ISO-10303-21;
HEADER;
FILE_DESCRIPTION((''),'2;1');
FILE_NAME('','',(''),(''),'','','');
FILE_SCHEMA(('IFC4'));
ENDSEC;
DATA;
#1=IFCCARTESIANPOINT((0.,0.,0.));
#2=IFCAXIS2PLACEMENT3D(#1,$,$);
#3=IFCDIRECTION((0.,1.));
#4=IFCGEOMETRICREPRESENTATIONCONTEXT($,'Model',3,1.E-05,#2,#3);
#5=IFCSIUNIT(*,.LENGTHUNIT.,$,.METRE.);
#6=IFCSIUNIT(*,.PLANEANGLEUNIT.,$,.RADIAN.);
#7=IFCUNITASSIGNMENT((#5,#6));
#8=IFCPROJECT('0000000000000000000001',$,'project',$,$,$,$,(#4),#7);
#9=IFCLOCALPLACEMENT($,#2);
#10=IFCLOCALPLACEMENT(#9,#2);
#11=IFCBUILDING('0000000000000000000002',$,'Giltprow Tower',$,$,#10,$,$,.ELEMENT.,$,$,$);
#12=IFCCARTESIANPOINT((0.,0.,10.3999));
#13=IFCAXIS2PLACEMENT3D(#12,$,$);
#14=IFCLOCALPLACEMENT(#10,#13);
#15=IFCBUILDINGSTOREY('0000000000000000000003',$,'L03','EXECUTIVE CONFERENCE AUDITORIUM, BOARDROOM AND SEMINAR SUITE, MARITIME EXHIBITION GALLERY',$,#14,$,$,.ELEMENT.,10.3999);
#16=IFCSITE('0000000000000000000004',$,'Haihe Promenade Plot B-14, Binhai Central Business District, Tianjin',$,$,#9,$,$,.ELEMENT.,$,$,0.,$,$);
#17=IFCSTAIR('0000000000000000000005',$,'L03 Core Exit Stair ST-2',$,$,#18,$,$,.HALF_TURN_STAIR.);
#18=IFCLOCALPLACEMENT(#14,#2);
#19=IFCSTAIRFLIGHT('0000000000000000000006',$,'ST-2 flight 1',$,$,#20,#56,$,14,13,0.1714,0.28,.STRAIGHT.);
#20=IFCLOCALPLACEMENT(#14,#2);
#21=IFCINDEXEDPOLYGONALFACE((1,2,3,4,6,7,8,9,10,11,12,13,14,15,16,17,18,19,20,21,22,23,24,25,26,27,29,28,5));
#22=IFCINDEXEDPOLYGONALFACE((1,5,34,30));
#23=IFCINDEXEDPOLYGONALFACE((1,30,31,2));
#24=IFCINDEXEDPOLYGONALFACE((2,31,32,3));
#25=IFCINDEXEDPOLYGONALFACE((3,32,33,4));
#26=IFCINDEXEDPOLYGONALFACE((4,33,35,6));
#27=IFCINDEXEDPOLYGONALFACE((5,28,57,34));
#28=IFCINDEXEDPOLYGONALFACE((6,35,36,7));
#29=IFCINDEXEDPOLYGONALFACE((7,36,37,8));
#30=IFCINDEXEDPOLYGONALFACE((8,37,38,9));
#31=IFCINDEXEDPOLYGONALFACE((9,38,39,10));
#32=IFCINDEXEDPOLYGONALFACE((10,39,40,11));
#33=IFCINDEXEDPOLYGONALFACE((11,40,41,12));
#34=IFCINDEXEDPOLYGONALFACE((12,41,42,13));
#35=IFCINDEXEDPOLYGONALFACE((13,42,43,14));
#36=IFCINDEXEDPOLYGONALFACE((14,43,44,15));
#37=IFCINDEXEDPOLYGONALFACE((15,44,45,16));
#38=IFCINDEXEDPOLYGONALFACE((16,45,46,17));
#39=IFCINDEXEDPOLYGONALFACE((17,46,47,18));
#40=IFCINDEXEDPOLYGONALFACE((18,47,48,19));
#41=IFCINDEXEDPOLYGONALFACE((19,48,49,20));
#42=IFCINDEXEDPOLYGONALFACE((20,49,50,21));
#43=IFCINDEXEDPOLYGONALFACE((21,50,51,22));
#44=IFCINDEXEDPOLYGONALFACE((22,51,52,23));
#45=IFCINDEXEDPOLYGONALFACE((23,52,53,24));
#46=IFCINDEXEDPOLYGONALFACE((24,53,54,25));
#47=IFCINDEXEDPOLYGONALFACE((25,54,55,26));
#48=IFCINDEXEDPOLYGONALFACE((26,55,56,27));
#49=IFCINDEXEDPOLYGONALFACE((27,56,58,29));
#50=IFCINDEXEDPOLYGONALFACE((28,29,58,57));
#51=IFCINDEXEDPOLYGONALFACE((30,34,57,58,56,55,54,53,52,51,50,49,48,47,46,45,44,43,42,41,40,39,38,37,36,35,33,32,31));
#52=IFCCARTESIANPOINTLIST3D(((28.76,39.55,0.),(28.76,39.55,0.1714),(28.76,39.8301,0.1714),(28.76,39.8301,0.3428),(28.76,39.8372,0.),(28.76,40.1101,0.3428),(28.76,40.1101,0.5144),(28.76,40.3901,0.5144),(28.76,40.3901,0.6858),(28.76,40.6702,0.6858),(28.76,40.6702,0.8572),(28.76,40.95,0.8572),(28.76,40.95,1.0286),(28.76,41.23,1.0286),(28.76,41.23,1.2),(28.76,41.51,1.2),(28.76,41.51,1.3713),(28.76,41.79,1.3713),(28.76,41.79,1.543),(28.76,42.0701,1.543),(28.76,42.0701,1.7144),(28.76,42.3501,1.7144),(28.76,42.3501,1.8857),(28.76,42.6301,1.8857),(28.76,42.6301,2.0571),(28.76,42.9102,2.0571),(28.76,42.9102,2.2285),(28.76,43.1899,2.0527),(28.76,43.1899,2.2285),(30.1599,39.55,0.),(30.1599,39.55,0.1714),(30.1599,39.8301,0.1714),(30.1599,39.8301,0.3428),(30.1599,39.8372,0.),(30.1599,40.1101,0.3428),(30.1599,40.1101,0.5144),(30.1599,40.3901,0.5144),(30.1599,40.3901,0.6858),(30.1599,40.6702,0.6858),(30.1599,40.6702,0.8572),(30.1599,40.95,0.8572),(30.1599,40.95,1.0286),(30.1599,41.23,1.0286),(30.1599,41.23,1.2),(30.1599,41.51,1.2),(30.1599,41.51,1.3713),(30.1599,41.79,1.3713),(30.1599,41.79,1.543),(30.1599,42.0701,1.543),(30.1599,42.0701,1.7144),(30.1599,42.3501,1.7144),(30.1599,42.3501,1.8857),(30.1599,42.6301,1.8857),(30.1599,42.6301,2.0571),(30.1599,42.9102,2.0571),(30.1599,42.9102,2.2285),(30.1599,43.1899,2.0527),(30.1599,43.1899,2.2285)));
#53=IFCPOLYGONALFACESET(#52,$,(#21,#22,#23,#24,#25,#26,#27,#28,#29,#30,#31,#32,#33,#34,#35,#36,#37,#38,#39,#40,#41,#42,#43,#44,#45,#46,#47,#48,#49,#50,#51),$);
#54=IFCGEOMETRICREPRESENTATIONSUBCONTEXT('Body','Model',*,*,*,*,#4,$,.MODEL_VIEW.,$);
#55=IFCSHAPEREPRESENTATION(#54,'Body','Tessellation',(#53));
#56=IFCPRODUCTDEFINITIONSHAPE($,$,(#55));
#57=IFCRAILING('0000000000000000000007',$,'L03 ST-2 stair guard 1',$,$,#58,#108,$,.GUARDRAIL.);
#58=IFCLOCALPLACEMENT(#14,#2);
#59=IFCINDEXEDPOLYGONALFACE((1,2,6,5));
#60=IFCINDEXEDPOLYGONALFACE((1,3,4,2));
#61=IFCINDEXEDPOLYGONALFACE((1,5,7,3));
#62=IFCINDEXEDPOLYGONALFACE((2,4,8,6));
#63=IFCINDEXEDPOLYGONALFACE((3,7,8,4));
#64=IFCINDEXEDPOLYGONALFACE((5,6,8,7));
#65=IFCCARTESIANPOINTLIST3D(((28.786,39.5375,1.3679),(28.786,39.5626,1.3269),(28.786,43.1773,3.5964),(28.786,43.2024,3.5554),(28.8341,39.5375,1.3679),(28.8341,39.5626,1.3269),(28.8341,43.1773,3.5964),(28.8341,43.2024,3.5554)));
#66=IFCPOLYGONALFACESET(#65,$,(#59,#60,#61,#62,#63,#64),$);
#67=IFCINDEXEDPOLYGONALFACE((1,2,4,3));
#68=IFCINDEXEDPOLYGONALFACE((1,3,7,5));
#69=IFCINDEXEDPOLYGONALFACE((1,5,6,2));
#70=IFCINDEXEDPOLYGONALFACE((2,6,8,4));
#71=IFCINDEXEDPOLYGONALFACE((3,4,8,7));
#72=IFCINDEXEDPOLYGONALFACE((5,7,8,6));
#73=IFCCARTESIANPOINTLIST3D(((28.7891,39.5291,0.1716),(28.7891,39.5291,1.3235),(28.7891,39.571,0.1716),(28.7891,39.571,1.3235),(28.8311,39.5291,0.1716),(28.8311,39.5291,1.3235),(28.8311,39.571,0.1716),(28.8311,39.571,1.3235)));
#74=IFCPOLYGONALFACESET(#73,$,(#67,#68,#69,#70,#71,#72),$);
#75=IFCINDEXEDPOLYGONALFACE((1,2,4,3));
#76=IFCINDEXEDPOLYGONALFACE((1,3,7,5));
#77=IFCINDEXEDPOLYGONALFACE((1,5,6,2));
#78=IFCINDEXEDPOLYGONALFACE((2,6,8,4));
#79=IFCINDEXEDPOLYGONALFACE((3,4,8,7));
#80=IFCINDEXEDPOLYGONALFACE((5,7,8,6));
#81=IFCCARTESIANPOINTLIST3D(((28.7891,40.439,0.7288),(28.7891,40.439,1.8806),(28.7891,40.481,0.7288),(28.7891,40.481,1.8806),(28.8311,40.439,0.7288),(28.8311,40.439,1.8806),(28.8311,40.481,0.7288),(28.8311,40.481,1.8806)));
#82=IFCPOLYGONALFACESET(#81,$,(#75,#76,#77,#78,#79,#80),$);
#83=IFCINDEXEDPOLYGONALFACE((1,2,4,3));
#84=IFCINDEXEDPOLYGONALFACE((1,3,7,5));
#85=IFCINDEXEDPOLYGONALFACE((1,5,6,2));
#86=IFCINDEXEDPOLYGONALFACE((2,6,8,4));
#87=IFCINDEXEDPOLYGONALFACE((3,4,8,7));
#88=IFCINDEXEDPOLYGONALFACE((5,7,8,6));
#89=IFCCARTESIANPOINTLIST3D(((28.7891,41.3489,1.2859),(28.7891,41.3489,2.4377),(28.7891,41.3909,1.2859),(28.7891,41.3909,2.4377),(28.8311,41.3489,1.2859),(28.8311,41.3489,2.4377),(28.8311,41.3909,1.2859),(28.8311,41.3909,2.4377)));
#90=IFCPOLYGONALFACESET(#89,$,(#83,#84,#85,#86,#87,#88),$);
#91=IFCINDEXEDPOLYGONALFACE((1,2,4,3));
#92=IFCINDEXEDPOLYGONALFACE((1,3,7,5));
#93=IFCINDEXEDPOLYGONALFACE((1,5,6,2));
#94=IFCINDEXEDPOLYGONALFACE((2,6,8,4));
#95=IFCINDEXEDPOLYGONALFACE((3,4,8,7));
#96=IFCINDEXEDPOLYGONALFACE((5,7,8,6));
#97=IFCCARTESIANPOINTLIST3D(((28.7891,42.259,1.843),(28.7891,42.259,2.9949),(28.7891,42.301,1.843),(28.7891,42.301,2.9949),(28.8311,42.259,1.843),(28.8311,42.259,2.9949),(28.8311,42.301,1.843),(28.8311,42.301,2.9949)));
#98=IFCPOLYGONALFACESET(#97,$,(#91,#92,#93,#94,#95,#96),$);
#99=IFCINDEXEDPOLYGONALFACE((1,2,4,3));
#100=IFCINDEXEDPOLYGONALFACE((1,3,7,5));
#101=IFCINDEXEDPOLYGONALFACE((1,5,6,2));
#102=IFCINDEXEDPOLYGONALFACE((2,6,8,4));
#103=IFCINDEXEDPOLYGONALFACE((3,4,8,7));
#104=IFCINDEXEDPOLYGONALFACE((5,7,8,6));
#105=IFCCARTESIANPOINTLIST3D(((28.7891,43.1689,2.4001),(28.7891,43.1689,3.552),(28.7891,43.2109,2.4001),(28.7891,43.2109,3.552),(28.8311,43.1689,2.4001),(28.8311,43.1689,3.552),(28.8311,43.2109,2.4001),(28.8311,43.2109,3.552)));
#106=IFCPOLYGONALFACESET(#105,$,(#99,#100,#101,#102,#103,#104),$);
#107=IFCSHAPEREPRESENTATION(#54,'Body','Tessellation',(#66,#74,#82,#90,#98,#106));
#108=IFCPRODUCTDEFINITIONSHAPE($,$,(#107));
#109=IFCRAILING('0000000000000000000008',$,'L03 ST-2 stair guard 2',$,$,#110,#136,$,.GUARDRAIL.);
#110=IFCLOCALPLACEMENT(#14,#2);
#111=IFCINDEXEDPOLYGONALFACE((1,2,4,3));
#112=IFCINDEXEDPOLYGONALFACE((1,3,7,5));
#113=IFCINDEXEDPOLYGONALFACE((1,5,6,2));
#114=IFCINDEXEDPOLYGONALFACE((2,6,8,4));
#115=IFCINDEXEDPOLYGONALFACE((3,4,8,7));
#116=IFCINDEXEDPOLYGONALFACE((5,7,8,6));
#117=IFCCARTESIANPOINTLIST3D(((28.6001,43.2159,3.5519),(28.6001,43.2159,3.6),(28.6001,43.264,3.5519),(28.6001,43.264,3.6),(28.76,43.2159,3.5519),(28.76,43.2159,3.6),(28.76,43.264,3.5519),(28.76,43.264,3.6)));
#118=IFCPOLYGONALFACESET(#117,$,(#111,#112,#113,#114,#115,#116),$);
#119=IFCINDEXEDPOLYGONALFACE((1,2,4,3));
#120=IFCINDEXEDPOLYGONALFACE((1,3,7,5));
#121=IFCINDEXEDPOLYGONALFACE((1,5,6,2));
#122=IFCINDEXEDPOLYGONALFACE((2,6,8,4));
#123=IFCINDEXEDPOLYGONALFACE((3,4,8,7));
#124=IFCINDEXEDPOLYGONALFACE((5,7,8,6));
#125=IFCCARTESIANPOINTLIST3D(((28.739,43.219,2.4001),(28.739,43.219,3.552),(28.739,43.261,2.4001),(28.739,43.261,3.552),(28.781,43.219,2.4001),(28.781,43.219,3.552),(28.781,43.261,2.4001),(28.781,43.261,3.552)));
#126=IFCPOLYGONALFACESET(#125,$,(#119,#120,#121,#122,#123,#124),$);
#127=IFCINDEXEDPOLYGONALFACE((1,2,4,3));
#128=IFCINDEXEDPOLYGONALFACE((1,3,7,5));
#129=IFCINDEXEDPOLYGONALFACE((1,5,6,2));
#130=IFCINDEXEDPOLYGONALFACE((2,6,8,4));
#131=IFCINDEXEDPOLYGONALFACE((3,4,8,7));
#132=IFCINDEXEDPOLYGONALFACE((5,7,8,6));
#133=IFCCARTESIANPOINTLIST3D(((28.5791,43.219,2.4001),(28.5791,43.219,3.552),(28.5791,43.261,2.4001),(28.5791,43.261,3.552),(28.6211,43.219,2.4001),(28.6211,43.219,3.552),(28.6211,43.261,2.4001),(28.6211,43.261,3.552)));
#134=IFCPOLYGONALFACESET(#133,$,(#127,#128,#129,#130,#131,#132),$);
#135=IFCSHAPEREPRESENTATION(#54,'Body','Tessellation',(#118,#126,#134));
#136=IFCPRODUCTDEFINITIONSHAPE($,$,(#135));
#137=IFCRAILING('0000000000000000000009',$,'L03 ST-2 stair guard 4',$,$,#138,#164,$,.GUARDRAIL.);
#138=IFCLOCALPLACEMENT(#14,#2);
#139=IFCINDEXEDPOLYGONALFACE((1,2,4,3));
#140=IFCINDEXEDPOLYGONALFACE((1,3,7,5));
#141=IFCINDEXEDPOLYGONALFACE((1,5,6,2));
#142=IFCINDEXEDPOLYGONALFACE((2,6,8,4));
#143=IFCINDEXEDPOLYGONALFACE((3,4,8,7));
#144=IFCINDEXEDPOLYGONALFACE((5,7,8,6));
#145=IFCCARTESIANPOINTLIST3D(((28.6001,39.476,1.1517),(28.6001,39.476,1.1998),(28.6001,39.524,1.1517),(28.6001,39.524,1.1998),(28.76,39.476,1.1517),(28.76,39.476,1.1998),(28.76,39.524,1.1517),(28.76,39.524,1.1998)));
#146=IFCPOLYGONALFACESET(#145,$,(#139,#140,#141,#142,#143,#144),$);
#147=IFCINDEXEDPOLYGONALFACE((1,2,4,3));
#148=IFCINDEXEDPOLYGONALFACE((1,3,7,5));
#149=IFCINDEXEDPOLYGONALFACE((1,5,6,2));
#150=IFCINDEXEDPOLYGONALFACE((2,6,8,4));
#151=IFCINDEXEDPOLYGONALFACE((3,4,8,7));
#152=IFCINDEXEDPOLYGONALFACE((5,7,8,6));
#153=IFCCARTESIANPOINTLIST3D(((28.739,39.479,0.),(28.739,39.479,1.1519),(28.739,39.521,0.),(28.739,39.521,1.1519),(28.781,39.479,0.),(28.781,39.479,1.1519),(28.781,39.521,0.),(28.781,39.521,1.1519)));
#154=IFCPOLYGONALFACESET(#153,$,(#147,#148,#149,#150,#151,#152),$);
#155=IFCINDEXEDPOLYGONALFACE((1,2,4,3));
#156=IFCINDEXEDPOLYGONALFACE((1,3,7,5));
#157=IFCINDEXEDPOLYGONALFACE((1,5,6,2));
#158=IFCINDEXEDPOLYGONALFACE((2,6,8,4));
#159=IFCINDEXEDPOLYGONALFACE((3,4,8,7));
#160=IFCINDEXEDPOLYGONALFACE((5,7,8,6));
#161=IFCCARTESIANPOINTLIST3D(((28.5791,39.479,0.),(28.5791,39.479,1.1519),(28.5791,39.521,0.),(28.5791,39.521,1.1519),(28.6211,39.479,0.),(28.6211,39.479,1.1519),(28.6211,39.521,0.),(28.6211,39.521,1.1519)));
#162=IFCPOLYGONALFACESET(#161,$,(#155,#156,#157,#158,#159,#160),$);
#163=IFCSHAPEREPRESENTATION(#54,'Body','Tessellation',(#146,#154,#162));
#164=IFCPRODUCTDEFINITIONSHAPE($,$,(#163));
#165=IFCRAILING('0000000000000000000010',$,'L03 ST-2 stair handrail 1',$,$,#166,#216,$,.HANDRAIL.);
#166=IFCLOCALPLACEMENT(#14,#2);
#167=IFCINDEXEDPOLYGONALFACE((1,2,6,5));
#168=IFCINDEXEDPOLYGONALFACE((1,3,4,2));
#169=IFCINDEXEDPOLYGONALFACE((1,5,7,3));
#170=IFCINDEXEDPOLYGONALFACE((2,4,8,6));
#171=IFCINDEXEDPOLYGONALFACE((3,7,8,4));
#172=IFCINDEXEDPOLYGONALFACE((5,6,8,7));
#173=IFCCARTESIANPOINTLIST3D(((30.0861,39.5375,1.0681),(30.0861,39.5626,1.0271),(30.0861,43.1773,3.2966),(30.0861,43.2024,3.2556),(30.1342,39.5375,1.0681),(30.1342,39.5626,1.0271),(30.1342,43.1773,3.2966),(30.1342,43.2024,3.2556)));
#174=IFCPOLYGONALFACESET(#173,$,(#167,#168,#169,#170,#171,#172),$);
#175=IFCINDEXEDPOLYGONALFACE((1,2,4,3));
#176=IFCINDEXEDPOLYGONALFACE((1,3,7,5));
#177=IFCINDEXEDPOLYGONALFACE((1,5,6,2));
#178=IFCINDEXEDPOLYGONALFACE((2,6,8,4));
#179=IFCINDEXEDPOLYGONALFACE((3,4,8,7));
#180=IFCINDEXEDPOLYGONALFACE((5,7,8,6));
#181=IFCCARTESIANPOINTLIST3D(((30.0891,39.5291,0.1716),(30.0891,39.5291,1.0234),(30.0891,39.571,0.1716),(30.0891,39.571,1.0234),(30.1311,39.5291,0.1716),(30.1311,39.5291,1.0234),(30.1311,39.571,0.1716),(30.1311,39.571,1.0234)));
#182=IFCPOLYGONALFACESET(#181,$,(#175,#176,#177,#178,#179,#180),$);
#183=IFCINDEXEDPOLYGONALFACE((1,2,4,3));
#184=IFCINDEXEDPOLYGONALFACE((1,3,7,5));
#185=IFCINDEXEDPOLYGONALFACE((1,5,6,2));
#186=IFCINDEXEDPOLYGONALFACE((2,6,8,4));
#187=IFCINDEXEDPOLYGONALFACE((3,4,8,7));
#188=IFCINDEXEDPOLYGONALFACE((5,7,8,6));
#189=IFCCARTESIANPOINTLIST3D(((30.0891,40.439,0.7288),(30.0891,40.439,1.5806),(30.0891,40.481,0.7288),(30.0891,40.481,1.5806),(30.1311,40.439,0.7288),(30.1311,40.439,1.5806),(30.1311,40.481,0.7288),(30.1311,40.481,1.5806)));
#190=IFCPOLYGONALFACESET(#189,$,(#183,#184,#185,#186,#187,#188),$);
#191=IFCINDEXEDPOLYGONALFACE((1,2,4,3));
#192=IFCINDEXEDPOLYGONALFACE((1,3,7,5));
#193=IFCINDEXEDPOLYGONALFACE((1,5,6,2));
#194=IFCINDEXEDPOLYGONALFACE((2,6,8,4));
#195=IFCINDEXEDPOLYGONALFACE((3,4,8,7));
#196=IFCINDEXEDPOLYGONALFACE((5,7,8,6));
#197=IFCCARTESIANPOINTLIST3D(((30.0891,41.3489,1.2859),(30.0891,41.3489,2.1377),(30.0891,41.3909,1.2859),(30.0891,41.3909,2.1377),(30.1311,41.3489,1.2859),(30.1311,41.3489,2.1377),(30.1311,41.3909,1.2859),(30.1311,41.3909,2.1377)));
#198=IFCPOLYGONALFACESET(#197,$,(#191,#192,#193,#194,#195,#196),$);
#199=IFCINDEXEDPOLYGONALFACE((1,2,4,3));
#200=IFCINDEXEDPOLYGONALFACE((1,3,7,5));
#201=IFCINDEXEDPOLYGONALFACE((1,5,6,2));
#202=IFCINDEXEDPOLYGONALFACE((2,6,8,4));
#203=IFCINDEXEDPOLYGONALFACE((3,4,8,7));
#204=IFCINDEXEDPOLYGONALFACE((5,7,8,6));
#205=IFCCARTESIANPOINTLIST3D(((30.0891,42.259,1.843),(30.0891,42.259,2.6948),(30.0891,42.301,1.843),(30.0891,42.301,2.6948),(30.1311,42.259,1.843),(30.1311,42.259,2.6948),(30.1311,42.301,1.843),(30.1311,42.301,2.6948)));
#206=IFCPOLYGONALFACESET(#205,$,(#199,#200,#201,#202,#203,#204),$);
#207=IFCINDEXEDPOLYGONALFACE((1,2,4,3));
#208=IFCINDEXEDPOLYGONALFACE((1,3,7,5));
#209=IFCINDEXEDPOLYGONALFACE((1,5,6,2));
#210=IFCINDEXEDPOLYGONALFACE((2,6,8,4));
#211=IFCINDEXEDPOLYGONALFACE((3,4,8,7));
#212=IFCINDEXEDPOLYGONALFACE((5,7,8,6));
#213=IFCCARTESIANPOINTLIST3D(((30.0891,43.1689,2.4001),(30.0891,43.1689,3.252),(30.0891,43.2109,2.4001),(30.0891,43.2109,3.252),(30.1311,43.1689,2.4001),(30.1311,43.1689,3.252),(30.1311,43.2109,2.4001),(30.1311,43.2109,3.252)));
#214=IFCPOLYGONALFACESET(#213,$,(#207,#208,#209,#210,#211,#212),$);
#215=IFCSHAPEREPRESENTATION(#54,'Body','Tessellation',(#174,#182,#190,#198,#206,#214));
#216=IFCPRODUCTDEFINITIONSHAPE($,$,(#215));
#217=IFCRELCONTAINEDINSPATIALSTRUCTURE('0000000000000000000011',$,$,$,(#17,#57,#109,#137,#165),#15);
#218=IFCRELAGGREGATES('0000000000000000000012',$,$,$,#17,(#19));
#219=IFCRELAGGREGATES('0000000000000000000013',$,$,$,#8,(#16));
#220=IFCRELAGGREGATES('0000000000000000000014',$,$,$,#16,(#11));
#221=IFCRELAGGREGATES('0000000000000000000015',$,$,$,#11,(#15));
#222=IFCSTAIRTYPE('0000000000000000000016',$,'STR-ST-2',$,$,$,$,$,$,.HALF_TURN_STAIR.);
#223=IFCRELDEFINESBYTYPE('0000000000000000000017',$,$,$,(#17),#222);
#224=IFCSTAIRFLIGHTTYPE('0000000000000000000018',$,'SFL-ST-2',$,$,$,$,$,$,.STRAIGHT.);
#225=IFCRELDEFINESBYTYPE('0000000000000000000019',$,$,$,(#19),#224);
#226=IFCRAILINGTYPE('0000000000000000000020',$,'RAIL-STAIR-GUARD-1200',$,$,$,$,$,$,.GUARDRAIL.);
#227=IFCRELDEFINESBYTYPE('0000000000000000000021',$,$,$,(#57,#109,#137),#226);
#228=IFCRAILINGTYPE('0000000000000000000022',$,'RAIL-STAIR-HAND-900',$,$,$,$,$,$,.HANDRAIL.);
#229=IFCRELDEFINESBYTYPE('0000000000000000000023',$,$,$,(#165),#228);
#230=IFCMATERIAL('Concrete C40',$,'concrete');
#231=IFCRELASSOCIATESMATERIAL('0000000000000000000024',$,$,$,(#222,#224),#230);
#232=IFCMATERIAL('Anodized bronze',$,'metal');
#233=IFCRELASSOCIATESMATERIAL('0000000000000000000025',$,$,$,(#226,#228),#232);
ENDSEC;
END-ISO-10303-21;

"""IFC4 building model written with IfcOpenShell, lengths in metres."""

from ifc_helpers import new_model, si_unit, direction, frame, origin, origin_2d, place, context, subcontext, project, spatial, polyline, rectangle, outline, extrude, material, type_object, element, aggregate, save


model = new_model("IFC4")

# Units and contexts
model_context = context("Model", 3, precision=1e-05, world=origin(), true_north=direction((0.0, 1.0)))
body_context = subcontext(model_context, "Body", "Model", "MODEL_VIEW")
ifc_project = project(units=[si_unit("LENGTHUNIT", "METRE"), si_unit("PLANEANGLEUNIT", "RADIAN")], contexts=[model_context])

# Site, building, storey
site_placement = place(None, origin())
site = spatial("IfcSite", under=ifc_project, at=site_placement, Name="Haihe Promenade Plot B-14, Binhai Central Business District, Tianjin", CompositionType="ELEMENT", RefElevation=0.0)
building_placement = place(site_placement, origin())
building = spatial("IfcBuilding", under=site, at=building_placement, Name="Giltprow Tower", CompositionType="ELEMENT")
storey_placement = place(building_placement, frame((0.0, 0.0, 10.3999)))
storey = spatial("IfcBuildingStorey", under=building, at=storey_placement, Name="L03", Description="EXECUTIVE CONFERENCE AUDITORIUM, BOARDROOM AND SEMINAR SUITE, MARITIME EXHIBITION GALLERY", CompositionType="ELEMENT", Elevation=10.3999)

# Shared definitions
ifc_material_1 = material(Name="Concrete C40", Category="concrete")

# Stair, stair flight
stair_type = type_object("IfcStairType", Name="STR-ST-2", PredefinedType="HALF_TURN_STAIR", material=ifc_material_1)
stair_placement = place(storey_placement, origin())
stair = element("IfcStair", 1, at=stair_placement, inside=storey, type_object=stair_type, Name="L03 Core Exit Stair ST-2", PredefinedType="HALF_TURN_STAIR")
stair_flight_type = type_object("IfcStairFlightType", Name="SFL-ST-2", PredefinedType="STRAIGHT", material=ifc_material_1)
stair_flight_placement = place(storey_placement, frame((29.46, 39.55, 0.0), z_axis=(0.0, 0.0, 1.0), x_axis=(0.0, 1.0, 0.0)))
stair_flight = element("IfcStairFlight", 2, at=stair_flight_placement, type_object=stair_flight_type, Name="ST-2 flight 1", NumberOfRisers=14, NumberOfTreads=13, PredefinedType="STRAIGHT", RiserHeight=0.1714, TreadLength=0.28, context=body_context, shape_type="SweptSolid", body=[
    extrude(outline(polyline([(0.0, 0.0), (0.0, 0.1714), (0.28, 0.1714), (0.28, 0.3428), (0.5601, 0.3428), (0.5601, 0.5144), (0.8401, 0.5144), (0.8401, 0.6858), (1.1201, 0.6858), (1.1201, 0.8572), (1.3999, 0.8572), (1.3999, 1.0286), (1.6799, 1.0286), (1.6799, 1.2), (1.96, 1.2), (1.96, 1.3713), (2.24, 1.3713), (2.24, 1.543), (2.52, 1.543), (2.52, 1.7144), (2.8, 1.7144), (2.8, 1.8857), (3.0801, 1.8857), (3.0801, 2.0571), (3.3601, 2.0571), (3.3601, 2.2285), (3.6399, 2.2285), (3.6399, 2.3999), (3.6399, 2.0527), (0.2871, 0.0), (0.0, 0.0)])), frame((0.0, 0.7, 0.0), z_axis=(0.0, -1.0, 0.0), x_axis=(1.0, 0.0, 0.0)), (0.0, 0.0, 1.0), 1.3999),
])
aggregate(stair, [stair_flight])

# Railings
ifc_material_2 = material(Name="Anodized bronze", Category="metal")
railing_type_1 = type_object("IfcRailingType", Name="RAIL-STAIR-GUARD-1200", PredefinedType="GUARDRAIL", material=ifc_material_2)
railing_1_placement = place(storey_placement, frame((28.8101, 39.55, 0.1716)))
element("IfcRailing", 3, at=railing_1_placement, inside=storey, type_object=railing_type_1, Name="L03 ST-2 stair guard 1", PredefinedType="GUARDRAIL", context=body_context, shape_type="SweptSolid", body=[
    extrude(rectangle(XDim=0.0481, YDim=0.0481, at=origin_2d()), frame((0.0, 0.0, 1.1758), z_axis=(0.0, 0.85285, 0.522156), x_axis=(-1.0, 0.0, 0.0)), (0.0, 0.0, 1.0), 4.2678),
    extrude(rectangle(XDim=0.042, YDim=0.042, at=origin_2d()), origin(), (0.0, 0.0, 1.0), 1.1519),
    extrude(rectangle(XDim=0.042, YDim=0.042, at=origin_2d()), frame((0.0, 0.9099, 0.5571)), (0.0, 0.0, 1.0), 1.1519),
    extrude(rectangle(XDim=0.042, YDim=0.042, at=origin_2d()), frame((0.0, 1.8198, 1.1143)), (0.0, 0.0, 1.0), 1.1519),
    extrude(rectangle(XDim=0.042, YDim=0.042, at=origin_2d()), frame((0.0, 2.73, 1.6714)), (0.0, 0.0, 1.0), 1.1519),
    extrude(rectangle(XDim=0.042, YDim=0.042, at=origin_2d()), frame((0.0, 3.6399, 2.2285)), (0.0, 0.0, 1.0), 1.1519),
])
for number, where, name in (
    (4, (28.76, 43.24, 2.4001), "L03 ST-2 stair guard 2"),
    (5, (28.76, 39.5, 0.0), "L03 ST-2 stair guard 4"),
):
    element("IfcRailing", number, at=place(storey_placement, frame(where)), inside=storey, type_object=railing_type_1, Name=name, PredefinedType="GUARDRAIL", context=body_context, shape_type="SweptSolid", body=[
        extrude(rectangle(XDim=0.0481, YDim=0.0481, at=origin_2d()), frame((0.0, 0.0, 1.1758), z_axis=(-1.0, 0.0, 0.0), x_axis=(0.0, -1.0, 0.0)), (0.0, 0.0, 1.0), 0.1599),
        extrude(rectangle(XDim=0.042, YDim=0.042, at=origin_2d()), origin(), (0.0, 0.0, 1.0), 1.1519),
        extrude(rectangle(XDim=0.042, YDim=0.042, at=origin_2d()), frame((-0.1599, 0.0, 0.0)), (0.0, 0.0, 1.0), 1.1519),
    ])
railing_type_2 = type_object("IfcRailingType", Name="RAIL-STAIR-HAND-900", PredefinedType="HANDRAIL", material=ifc_material_2)
railing_2_placement = place(storey_placement, frame((30.1101, 39.55, 0.1716)))
element("IfcRailing", 6, at=railing_2_placement, inside=storey, type_object=railing_type_2, Name="L03 ST-2 stair handrail 1", PredefinedType="HANDRAIL", context=body_context, shape_type="SweptSolid", body=[
    extrude(rectangle(XDim=0.0481, YDim=0.0481, at=origin_2d()), frame((0.0, 0.0, 0.876), z_axis=(0.0, 0.85285, 0.522156), x_axis=(-1.0, 0.0, 0.0)), (0.0, 0.0, 1.0), 4.2678),
    extrude(rectangle(XDim=0.042, YDim=0.042, at=origin_2d()), origin(), (0.0, 0.0, 1.0), 0.8518),
    extrude(rectangle(XDim=0.042, YDim=0.042, at=origin_2d()), frame((0.0, 0.9099, 0.5571)), (0.0, 0.0, 1.0), 0.8518),
    extrude(rectangle(XDim=0.042, YDim=0.042, at=origin_2d()), frame((0.0, 1.8198, 1.1143)), (0.0, 0.0, 1.0), 0.8518),
    extrude(rectangle(XDim=0.042, YDim=0.042, at=origin_2d()), frame((0.0, 2.73, 1.6714)), (0.0, 0.0, 1.0), 0.8518),
    extrude(rectangle(XDim=0.042, YDim=0.042, at=origin_2d()), frame((0.0, 3.6399, 2.2285)), (0.0, 0.0, 1.0), 0.8518),
])

save(model, "model.ifc")
